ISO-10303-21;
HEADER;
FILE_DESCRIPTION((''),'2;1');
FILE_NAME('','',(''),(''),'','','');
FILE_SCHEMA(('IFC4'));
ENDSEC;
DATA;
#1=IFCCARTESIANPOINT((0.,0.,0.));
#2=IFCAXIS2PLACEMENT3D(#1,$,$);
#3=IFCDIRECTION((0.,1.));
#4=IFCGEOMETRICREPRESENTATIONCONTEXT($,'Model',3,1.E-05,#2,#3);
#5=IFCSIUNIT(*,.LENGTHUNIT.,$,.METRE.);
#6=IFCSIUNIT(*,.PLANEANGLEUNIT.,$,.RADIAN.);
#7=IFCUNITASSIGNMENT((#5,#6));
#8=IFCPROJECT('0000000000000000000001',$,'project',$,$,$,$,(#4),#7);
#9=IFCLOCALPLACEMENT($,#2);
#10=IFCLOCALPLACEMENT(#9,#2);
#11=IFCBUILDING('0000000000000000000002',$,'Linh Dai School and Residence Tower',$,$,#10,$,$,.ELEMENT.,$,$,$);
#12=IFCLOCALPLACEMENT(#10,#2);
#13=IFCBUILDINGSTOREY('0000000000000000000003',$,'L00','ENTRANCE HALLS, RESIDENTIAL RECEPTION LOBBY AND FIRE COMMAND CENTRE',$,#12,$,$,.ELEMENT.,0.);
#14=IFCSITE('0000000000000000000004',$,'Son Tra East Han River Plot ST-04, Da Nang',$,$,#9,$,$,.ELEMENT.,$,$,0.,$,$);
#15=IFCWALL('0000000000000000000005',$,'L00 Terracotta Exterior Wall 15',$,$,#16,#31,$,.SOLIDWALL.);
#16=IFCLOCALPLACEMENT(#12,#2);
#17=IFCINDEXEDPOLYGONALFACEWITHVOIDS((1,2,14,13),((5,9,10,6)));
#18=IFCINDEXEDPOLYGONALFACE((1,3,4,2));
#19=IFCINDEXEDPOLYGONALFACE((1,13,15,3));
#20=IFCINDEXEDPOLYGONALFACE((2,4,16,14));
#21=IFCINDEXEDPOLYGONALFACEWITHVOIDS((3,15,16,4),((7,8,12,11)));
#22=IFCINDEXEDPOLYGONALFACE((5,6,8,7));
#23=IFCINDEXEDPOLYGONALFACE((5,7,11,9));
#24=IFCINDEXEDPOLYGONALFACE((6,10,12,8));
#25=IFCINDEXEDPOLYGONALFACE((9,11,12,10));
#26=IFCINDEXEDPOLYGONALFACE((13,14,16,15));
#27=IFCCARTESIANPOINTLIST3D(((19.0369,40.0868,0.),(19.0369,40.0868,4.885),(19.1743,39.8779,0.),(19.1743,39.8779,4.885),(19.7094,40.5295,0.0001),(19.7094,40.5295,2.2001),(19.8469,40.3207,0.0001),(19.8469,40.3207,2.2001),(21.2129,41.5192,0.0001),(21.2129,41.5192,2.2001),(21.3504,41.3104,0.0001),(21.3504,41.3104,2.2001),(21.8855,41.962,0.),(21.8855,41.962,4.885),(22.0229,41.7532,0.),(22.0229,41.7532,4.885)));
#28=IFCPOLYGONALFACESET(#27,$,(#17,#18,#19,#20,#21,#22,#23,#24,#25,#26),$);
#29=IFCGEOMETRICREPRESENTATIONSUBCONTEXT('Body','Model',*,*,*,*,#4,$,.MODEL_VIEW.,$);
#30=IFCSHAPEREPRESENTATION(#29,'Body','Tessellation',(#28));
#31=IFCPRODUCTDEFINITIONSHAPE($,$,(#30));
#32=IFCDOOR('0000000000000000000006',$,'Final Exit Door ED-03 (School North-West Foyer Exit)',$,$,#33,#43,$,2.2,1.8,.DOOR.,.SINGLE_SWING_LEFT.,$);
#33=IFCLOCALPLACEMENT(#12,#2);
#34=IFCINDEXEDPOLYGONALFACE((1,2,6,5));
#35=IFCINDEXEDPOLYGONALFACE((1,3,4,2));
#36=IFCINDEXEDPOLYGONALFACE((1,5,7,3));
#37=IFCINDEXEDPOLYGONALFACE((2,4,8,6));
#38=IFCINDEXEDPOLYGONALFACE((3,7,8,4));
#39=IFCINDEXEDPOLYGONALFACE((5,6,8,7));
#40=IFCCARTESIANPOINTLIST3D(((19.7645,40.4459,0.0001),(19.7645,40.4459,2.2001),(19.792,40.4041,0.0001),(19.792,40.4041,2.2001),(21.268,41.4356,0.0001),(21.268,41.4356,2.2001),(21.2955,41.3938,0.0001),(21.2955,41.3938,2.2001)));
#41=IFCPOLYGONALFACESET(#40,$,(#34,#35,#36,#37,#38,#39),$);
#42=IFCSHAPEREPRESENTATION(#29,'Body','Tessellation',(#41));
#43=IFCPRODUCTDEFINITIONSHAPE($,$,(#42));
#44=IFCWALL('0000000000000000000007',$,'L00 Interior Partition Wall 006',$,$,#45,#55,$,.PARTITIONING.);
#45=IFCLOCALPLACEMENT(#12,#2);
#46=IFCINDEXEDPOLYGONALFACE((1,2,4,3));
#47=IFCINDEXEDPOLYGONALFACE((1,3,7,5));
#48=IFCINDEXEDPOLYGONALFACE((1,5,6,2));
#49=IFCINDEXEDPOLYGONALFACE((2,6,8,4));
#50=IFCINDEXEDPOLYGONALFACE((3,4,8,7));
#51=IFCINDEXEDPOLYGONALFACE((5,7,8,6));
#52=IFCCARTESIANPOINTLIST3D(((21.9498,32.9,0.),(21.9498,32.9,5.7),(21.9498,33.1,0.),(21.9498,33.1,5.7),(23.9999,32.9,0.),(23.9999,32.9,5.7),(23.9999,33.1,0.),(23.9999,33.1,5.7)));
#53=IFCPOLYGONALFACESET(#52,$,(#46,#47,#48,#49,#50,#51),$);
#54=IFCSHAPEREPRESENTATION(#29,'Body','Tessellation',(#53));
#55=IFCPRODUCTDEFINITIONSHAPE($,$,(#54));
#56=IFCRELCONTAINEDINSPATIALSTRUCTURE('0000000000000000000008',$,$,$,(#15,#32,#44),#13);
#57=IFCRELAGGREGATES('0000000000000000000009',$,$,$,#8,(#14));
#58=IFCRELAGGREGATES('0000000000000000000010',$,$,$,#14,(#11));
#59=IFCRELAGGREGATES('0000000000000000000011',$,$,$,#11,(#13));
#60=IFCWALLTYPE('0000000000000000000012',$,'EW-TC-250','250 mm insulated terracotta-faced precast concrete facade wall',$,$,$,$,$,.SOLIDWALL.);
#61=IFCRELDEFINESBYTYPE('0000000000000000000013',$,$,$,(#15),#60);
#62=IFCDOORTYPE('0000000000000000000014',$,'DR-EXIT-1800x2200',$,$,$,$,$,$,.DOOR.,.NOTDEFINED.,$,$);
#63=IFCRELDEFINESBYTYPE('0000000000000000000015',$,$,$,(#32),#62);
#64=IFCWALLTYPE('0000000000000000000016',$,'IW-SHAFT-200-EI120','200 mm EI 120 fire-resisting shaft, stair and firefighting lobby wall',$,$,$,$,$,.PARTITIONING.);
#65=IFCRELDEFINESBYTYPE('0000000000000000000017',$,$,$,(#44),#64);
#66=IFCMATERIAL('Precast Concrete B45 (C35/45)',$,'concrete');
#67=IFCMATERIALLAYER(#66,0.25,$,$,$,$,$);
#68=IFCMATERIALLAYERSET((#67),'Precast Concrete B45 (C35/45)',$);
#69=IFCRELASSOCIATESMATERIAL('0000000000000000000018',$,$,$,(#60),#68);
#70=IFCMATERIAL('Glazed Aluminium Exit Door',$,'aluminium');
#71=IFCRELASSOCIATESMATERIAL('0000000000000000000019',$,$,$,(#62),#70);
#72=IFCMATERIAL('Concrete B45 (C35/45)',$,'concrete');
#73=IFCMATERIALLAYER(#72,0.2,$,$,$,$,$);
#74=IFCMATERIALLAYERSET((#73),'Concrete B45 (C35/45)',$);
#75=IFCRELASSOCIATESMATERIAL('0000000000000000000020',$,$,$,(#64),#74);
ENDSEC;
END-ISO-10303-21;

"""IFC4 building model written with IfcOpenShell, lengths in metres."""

from ifc_helpers import new_model, si_unit, direction, frame, frame_2d, origin, origin_2d, place, context, subcontext, project, spatial, rectangle, extrude, source, transform, mapped, material, layer, layer_set, type_object, element, fill, save


model = new_model("IFC4")

# Units and contexts
model_context = context("Model", 3, precision=1e-05, world=origin(), true_north=direction((0.0, 1.0)))
body_context = subcontext(model_context, "Body", "Model", "MODEL_VIEW")
ifc_project = project(units=[si_unit("LENGTHUNIT", "METRE"), si_unit("PLANEANGLEUNIT", "RADIAN")], contexts=[model_context])

# Site, building, storey
site_placement = place(None, origin())
site = spatial("IfcSite", under=ifc_project, at=site_placement, Name="Son Tra East Han River Plot ST-04, Da Nang", CompositionType="ELEMENT", RefElevation=0.0)
building_placement = place(site_placement, origin())
building = spatial("IfcBuilding", under=site, at=building_placement, Name="Linh Dai School and Residence Tower", CompositionType="ELEMENT")
storey_placement = place(building_placement, origin())
storey = spatial("IfcBuildingStorey", under=building, at=storey_placement, Name="L00", Description="ENTRANCE HALLS, RESIDENTIAL RECEPTION LOBBY AND FIRE COMMAND CENTRE", CompositionType="ELEMENT", Elevation=0.0)

# Shared definitions
ifc_material_1 = material(Name="Precast Concrete B45 (C35/45)", Category="concrete")
ifc_layer_1 = layer(ifc_material_1, 0.25)
ifc_layer_set_1 = layer_set([ifc_layer_1], Name="Precast Concrete B45 (C35/45)")
wall_type_1 = type_object("IfcWallType", Name="EW-TC-250", Description="250 mm insulated terracotta-faced precast concrete facade wall", PredefinedType="SOLIDWALL", material=ifc_layer_set_1)

# Wall, opening, door
wall_1_placement = place(storey_placement, frame((19.1057, 39.9824, 0.0), z_axis=(0.0, 0.0, 1.0), x_axis=(0.835263, 0.549851, 0.0)))
wall_1 = element("IfcWall", 1, at=wall_1_placement, inside=storey, type_object=wall_type_1, Name="L00 Terracotta Exterior Wall 15", PredefinedType="SOLIDWALL", context=body_context, shape_type="SweptSolid", body=[
    extrude(rectangle(XDim=3.4104, YDim=0.25, at=frame_2d((1.7051, 0.0))), origin(), (0.0, 0.0, 1.0), 4.885),
])
opening_1_placement = place(wall_1_placement, frame((0.8052, 0.0, 0.0)))
opening_1 = element("IfcOpeningElement", 2, at=opening_1_placement, cuts=wall_1, PredefinedType="OPENING", context=body_context, shape_type="SweptSolid", body=[
    extrude(rectangle(XDim=1.8, YDim=2.2, at=origin_2d()), frame((0.8999, 0.135, 1.1001), z_axis=(0.0, -1.0, 0.0), x_axis=(1.0, 0.0, 0.0)), (0.0, 0.0, 1.0), 0.27),
])
ifc_material_2 = material(Name="Glazed Aluminium Exit Door", Category="aluminium")
door_type = type_object("IfcDoorType", Name="DR-EXIT-1800x2200", OperationType="NOTDEFINED", PredefinedType="DOOR", material=ifc_material_2)
shared_shape_1 = source(origin(), body_context, "Body", "SweptSolid", [
    extrude(rectangle(XDim=1.8, YDim=2.2, at=origin_2d()), frame((0.8999, 0.0249, 1.1001), z_axis=(0.0, -1.0, 0.0), x_axis=(1.0, 0.0, 0.0)), (0.0, 0.0, 1.0), 0.05),
])
door_placement = place(opening_1_placement, origin())
door = element("IfcDoor", 3, at=door_placement, inside=storey, type_object=door_type, Name="Final Exit Door ED-03 (School North-West Foyer Exit)", OperationType="SINGLE_SWING_LEFT", OverallHeight=2.2, OverallWidth=1.8, PredefinedType="DOOR", context=body_context, shape_type="MappedRepresentation", body=[
    mapped(shared_shape_1, transform((0.0, 0.0, 0.0), x_axis=(1.0, 0.0, 0.0), y_axis=(0.0, 1.0, 0.0), z_axis=(0.0, 0.0, 1.0), scale=1.0)),
])
fill(opening_1, door)

# Wall
ifc_material_3 = material(Name="Concrete B45 (C35/45)", Category="concrete")
ifc_layer_2 = layer(ifc_material_3, 0.2)
ifc_layer_set_2 = layer_set([ifc_layer_2], Name="Concrete B45 (C35/45)")
wall_type_2 = type_object("IfcWallType", Name="IW-SHAFT-200-EI120", Description="200 mm EI 120 fire-resisting shaft, stair and firefighting lobby wall", PredefinedType="PARTITIONING", material=ifc_layer_set_2)
wall_2_placement = place(storey_placement, frame((21.95, 33.0, 0.0), z_axis=(0.0, 0.0, 1.0), x_axis=(1.0, 0.0, 0.0)))
element("IfcWall", 4, at=wall_2_placement, inside=storey, type_object=wall_type_2, Name="L00 Interior Partition Wall 006", PredefinedType="PARTITIONING", context=body_context, shape_type="SweptSolid", body=[
    extrude(rectangle(XDim=2.05, YDim=0.2, at=frame_2d((1.0249, 0.0))), origin(), (0.0, 0.0, 1.0), 5.7),
])

save(model, "model.ifc")
